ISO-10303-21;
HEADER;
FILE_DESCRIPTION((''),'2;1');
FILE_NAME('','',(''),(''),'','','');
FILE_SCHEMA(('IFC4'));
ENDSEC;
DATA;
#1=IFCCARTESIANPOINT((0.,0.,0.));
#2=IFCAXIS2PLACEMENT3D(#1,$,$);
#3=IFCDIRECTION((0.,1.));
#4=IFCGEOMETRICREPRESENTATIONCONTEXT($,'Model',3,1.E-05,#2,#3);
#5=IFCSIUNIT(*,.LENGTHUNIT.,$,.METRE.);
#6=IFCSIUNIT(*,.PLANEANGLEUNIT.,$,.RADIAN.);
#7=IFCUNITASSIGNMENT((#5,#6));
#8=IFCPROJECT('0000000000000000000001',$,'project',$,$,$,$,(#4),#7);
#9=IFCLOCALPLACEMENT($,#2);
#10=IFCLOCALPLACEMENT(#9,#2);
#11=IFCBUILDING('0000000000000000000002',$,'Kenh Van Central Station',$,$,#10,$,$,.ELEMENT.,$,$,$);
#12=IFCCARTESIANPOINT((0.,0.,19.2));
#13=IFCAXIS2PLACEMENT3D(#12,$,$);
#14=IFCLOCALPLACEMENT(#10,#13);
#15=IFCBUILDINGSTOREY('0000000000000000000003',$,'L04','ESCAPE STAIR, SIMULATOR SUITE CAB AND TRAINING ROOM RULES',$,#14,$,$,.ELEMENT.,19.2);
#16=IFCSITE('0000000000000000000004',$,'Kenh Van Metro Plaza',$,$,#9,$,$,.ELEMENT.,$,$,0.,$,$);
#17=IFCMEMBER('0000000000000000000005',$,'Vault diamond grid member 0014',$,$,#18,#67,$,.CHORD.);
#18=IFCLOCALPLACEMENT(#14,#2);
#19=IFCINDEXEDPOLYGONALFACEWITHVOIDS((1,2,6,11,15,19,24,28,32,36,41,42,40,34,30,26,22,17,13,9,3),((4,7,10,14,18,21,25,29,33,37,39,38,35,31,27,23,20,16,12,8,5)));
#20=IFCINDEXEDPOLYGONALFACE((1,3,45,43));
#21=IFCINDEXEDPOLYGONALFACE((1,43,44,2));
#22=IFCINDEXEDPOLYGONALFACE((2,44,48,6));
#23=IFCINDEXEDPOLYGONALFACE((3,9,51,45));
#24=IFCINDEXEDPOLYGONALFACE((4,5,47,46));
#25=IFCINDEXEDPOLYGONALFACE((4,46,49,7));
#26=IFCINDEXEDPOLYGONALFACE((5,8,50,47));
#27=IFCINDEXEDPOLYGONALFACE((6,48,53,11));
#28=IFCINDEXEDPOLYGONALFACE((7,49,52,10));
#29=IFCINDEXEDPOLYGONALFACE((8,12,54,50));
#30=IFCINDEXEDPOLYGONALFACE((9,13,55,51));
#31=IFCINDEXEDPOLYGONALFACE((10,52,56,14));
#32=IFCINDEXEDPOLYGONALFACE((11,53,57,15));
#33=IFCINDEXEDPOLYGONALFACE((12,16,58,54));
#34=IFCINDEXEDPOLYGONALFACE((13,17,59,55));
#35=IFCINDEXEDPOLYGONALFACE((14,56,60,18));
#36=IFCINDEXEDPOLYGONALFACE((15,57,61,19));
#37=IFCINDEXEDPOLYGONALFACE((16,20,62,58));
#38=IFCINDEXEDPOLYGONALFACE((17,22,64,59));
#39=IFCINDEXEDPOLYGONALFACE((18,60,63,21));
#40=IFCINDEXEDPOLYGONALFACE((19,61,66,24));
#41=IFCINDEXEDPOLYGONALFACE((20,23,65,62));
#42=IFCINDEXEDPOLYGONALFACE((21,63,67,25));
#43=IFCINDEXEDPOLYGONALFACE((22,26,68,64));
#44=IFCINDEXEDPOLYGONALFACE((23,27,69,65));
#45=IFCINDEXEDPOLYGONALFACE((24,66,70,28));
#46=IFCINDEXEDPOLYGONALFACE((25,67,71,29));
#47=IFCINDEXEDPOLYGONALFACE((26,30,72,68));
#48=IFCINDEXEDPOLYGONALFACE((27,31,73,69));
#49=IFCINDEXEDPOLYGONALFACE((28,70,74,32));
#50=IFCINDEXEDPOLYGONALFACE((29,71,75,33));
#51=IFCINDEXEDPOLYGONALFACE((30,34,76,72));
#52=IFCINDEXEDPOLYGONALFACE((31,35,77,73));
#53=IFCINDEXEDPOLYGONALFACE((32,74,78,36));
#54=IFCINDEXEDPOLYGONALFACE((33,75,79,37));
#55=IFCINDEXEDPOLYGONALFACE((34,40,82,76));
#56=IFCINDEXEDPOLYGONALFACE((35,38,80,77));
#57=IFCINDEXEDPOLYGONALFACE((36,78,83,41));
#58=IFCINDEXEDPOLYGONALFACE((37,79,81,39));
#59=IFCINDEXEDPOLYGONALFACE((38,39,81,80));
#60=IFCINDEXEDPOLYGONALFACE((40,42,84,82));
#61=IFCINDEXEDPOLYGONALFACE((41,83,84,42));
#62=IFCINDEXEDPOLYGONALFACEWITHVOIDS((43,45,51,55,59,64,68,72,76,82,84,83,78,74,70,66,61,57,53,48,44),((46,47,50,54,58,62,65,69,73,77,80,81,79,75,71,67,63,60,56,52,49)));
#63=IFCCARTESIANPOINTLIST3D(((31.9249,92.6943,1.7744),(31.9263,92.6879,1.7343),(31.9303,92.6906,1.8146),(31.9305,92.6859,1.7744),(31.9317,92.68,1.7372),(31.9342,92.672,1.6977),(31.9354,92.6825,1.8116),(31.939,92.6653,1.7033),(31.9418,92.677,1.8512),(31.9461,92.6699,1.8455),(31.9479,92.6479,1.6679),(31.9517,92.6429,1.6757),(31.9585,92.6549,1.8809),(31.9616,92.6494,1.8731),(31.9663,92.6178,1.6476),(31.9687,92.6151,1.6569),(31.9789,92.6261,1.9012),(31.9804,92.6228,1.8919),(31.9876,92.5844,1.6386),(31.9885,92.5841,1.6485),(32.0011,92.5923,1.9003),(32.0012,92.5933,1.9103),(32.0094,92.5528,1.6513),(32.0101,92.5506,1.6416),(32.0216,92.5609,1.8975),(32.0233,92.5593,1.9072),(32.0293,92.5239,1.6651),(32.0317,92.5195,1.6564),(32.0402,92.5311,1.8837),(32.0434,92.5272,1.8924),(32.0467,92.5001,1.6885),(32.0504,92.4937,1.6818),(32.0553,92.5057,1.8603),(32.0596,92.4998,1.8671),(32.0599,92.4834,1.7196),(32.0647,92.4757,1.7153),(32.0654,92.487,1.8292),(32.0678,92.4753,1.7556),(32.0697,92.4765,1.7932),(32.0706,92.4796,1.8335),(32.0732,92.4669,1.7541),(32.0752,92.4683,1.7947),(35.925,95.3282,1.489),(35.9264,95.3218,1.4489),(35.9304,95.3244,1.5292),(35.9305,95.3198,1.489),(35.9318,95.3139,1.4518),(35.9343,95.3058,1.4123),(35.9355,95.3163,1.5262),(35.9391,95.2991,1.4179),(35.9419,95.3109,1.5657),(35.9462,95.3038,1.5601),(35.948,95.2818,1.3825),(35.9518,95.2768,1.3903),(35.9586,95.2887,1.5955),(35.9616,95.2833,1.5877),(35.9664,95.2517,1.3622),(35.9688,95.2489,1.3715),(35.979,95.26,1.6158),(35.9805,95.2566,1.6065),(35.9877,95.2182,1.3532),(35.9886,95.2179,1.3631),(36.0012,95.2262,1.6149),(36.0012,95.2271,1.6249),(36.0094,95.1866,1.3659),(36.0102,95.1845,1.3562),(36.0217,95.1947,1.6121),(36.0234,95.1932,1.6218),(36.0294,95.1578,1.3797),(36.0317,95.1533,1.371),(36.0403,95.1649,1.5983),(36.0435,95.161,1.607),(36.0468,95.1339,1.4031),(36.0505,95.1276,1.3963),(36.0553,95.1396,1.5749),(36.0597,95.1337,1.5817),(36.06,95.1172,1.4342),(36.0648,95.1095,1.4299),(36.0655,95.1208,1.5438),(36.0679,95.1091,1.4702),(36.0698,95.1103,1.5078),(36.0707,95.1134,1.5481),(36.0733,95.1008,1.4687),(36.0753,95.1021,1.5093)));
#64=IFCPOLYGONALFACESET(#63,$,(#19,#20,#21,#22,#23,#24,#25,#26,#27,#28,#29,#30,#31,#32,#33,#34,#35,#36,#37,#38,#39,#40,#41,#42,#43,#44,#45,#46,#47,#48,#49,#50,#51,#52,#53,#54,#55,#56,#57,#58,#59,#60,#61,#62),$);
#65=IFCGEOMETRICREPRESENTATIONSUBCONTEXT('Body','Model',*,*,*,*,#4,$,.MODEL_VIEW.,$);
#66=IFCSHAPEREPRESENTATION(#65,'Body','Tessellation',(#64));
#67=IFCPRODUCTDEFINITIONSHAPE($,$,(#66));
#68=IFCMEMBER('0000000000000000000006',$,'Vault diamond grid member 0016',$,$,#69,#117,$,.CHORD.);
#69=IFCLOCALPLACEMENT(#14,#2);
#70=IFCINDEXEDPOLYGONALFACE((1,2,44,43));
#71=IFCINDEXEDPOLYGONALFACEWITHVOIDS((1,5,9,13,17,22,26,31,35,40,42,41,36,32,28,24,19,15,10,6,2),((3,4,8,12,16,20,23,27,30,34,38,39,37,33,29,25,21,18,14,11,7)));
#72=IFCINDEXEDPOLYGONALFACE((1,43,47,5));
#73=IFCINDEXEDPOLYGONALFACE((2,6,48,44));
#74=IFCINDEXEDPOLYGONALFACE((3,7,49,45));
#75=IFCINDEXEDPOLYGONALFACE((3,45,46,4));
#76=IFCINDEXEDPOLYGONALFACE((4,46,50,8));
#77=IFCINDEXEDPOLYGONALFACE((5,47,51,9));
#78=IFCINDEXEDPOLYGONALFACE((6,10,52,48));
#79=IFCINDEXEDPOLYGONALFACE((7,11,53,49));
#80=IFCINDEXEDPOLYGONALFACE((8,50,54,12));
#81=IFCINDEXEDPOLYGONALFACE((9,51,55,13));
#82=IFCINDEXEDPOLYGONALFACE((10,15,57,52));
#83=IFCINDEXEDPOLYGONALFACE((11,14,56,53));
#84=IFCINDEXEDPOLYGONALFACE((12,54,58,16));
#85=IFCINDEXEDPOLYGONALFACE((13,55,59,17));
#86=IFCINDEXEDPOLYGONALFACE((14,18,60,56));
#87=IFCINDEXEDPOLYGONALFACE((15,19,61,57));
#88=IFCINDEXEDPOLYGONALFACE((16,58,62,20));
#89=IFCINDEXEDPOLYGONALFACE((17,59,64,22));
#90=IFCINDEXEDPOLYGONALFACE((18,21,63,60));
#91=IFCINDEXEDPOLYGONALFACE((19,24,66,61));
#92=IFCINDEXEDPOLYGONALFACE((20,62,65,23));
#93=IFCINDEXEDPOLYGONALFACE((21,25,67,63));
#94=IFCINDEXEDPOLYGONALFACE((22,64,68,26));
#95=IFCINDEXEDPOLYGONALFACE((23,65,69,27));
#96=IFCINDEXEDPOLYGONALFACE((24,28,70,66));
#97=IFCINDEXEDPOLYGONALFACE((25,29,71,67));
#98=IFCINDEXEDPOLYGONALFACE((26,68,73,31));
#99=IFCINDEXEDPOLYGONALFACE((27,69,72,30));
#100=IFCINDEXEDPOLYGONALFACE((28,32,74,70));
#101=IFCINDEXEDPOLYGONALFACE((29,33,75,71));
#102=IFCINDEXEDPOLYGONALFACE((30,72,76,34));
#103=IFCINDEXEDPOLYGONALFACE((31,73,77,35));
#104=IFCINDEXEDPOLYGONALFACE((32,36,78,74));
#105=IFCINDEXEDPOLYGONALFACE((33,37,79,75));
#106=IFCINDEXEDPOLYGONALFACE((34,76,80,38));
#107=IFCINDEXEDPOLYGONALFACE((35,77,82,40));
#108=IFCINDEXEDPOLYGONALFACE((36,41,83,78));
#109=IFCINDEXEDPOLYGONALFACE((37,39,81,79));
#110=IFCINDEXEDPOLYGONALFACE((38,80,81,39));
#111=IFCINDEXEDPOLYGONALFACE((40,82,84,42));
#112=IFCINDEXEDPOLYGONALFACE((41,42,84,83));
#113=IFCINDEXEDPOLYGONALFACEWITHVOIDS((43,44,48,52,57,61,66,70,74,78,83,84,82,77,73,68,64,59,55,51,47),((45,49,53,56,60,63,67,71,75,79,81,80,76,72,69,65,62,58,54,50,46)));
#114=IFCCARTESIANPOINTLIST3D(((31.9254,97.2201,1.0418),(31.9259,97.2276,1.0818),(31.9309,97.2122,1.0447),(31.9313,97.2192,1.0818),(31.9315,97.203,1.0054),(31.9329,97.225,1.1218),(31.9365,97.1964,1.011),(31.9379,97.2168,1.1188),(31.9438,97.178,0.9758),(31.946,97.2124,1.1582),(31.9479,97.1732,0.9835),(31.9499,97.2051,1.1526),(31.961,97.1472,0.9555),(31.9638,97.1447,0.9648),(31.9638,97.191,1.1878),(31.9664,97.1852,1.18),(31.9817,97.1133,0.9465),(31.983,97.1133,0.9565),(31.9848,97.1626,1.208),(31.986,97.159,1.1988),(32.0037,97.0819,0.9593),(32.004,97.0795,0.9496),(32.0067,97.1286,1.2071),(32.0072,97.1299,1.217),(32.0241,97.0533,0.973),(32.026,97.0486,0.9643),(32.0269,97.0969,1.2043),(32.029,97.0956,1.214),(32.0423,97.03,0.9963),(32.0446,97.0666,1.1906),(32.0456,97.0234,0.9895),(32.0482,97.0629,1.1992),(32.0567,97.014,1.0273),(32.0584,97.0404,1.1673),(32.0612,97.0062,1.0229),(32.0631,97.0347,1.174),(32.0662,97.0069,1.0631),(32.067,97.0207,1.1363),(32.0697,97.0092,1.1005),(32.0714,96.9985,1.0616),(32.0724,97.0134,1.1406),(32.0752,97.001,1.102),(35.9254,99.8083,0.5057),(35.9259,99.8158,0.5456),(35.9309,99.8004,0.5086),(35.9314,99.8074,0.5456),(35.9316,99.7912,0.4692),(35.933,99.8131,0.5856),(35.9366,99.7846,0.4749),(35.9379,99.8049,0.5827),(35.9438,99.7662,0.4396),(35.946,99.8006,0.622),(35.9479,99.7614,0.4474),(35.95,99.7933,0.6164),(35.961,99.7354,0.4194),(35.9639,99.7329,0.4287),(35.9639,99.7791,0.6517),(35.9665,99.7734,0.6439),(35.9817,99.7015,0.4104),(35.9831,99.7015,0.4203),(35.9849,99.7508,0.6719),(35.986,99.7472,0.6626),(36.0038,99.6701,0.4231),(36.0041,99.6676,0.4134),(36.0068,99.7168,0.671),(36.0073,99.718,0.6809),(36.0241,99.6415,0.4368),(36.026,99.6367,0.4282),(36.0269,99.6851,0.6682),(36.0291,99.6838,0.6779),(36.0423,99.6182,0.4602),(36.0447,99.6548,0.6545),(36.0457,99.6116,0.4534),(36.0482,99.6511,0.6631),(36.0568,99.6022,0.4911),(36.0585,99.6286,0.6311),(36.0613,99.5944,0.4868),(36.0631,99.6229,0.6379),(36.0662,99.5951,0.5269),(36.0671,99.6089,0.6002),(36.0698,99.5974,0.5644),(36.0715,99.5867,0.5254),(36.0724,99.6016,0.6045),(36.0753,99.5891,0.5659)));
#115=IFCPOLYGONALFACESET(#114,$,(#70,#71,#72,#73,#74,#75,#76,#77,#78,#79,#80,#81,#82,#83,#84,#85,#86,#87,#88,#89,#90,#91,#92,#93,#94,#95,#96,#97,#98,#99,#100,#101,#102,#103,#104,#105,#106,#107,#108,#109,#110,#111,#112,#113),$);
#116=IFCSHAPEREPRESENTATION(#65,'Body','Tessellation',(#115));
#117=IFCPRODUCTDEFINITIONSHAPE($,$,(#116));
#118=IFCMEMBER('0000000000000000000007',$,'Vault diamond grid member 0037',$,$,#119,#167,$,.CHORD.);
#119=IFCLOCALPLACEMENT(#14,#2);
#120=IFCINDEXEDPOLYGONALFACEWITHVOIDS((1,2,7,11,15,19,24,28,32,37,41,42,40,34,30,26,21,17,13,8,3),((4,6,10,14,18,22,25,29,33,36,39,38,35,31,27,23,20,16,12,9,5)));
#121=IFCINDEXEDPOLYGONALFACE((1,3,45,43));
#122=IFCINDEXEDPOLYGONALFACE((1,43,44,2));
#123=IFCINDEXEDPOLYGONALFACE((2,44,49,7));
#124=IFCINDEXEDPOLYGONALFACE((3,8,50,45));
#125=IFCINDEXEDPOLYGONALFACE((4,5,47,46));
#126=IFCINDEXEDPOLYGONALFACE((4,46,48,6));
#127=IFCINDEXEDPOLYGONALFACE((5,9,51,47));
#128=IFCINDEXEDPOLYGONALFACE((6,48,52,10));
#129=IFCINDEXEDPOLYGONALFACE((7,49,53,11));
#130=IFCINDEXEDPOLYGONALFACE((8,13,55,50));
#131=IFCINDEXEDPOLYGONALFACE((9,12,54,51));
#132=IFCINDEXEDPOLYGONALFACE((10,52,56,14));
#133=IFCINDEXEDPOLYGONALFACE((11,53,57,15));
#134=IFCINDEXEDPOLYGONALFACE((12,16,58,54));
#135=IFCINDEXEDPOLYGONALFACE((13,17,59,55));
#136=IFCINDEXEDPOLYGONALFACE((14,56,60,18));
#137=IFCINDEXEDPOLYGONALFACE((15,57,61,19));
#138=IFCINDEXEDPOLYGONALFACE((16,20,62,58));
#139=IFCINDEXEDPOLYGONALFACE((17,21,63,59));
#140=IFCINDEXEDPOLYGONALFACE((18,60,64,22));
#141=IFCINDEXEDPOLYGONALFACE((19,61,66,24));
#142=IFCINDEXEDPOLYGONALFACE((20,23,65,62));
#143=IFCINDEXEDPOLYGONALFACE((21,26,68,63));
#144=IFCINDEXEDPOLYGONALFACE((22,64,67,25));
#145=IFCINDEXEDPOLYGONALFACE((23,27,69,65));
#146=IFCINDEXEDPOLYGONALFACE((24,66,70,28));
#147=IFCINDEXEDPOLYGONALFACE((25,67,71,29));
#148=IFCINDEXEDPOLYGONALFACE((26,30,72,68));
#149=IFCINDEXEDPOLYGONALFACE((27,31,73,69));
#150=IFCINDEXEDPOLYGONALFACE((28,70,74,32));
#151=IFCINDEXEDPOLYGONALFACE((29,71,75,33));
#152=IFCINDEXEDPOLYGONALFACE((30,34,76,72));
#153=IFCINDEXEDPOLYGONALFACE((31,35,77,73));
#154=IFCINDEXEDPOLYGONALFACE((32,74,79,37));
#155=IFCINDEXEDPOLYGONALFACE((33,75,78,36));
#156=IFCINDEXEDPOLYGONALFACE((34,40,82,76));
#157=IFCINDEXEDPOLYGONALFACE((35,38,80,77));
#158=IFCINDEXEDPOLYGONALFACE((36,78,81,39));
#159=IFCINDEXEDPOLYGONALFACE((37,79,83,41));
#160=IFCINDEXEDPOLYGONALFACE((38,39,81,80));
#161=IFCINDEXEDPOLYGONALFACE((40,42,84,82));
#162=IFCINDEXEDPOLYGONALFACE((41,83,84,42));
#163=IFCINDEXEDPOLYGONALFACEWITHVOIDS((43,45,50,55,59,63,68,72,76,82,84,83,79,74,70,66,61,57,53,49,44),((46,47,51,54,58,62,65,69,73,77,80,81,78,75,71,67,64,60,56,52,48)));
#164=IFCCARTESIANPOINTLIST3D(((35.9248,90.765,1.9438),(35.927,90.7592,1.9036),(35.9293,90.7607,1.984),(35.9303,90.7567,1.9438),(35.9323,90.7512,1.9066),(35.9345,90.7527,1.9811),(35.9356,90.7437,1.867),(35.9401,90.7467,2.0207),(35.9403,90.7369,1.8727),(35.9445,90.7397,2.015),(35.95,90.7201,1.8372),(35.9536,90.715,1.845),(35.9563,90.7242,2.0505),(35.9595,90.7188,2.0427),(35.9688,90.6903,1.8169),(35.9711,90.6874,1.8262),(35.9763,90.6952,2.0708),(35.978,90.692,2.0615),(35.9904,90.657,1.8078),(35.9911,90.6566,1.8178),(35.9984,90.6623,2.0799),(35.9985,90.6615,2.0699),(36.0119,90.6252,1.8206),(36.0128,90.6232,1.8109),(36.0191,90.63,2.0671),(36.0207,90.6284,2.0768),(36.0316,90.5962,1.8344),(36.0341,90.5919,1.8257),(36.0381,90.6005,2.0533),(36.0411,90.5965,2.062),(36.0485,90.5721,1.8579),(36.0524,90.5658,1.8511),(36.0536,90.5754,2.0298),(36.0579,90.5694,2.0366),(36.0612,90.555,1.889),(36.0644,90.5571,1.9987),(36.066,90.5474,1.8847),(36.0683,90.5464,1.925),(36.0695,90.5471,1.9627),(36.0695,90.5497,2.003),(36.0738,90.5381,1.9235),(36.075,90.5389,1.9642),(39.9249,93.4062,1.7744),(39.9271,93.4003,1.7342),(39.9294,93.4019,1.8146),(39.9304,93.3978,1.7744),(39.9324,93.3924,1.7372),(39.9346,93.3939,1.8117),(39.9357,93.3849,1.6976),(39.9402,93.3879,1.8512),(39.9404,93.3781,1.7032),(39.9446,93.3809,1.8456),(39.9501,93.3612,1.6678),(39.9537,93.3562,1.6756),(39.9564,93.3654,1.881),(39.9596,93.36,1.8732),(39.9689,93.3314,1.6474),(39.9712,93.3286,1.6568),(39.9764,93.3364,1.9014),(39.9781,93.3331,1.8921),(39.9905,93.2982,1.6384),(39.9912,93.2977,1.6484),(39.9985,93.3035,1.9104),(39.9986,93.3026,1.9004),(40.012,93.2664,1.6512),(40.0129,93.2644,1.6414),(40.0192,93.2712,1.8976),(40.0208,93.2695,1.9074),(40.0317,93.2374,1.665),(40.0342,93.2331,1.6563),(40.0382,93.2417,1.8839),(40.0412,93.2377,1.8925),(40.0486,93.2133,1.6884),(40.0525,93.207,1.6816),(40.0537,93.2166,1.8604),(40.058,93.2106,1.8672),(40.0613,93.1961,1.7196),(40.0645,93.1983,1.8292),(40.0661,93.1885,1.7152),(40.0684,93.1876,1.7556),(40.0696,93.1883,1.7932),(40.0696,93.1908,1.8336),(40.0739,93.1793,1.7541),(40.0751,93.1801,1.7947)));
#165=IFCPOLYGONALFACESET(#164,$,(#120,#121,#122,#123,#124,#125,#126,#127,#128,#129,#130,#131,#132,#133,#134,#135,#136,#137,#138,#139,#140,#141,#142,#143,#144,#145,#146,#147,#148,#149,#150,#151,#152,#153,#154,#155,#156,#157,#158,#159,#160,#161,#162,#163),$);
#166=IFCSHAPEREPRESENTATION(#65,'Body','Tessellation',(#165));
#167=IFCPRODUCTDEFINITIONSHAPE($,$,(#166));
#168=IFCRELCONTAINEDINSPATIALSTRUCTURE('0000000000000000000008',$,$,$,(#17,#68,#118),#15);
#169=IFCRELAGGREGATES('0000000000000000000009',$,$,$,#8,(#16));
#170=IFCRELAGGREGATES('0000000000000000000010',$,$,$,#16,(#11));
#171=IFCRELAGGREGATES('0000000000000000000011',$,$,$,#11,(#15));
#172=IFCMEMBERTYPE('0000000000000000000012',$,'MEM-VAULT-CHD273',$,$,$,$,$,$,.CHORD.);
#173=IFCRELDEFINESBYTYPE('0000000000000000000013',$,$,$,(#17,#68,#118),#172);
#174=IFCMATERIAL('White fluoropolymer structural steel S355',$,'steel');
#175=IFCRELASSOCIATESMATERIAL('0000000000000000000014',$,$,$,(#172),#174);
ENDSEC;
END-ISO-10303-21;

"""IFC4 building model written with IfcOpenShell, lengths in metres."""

from ifc_helpers import new_model, si_unit, direction, frame, origin, origin_2d, place, context, subcontext, project, spatial, hollow_circle, extrude, material, material_profile, profile_set, type_object, element, save


model = new_model("IFC4")

# Units and contexts
model_context = context("Model", 3, precision=1e-05, world=origin(), true_north=direction((0.0, 1.0)))
body_context = subcontext(model_context, "Body", "Model", "MODEL_VIEW")
ifc_project = project(units=[si_unit("LENGTHUNIT", "METRE"), si_unit("PLANEANGLEUNIT", "RADIAN")], contexts=[model_context])

# Site, building, storey
site_placement = place(None, origin())
site = spatial("IfcSite", under=ifc_project, at=site_placement, Name="Kenh Van Metro Plaza", CompositionType="ELEMENT", RefElevation=0.0)
building_placement = place(site_placement, origin())
building = spatial("IfcBuilding", under=site, at=building_placement, Name="Kenh Van Central Station", CompositionType="ELEMENT")
storey_placement = place(building_placement, frame((0.0, 0.0, 19.2)))
storey = spatial("IfcBuildingStorey", under=building, at=storey_placement, Name="L04", Description="ESCAPE STAIR, SIMULATOR SUITE CAB AND TRAINING ROOM RULES", CompositionType="ELEMENT", Elevation=19.2)

# Shared definitions
ifc_material_1 = material(Name="White fluoropolymer structural steel S355", Category="steel")

# Members
ifc_material_profile_1 = material_profile(ifc_material_1, hollow_circle(Radius=0.1365, WallThickness=0.01, at=origin_2d()), Name="CHS 273x10")
ifc_profile_set_1 = profile_set([ifc_material_profile_1], Name="White fluoropolymer structural steel S355")
member_type_1 = type_object("IfcMemberType", Name="MEM-VAULT-CHD273", PredefinedType="CHORD", material=ifc_profile_set_1)
member_1_placement = place(storey_placement, frame((32.0, 92.5803, 1.7744), z_axis=(0.833726, 0.548965, -0.059486), x_axis=(-0.549939, 0.835205, 0.0)))
element("IfcMember", 1, at=member_1_placement, inside=storey, type_object=member_type_1, Name="Vault diamond grid member 0014", PredefinedType="CHORD", context=body_context, shape_type="SweptSolid", body=[
    extrude(hollow_circle(Radius=0.1365, WallThickness=0.01, at=origin_2d()), origin(), (0.0, 0.0, 1.0), 4.7979),
])
member_2_placement = place(storey_placement, frame((32.0, 97.113, 1.0818), z_axis=(0.834314, 0.539829, -0.111826), x_axis=(-0.543236, 0.83958, 0.0)))
element("IfcMember", 2, at=member_2_placement, inside=storey, type_object=member_type_1, Name="Vault diamond grid member 0016", PredefinedType="CHORD", context=body_context, shape_type="SweptSolid", body=[
    extrude(hollow_circle(Radius=0.1365, WallThickness=0.01, at=origin_2d()), origin(), (0.0, 0.0, 1.0), 4.7944),
])
member_3_placement = place(storey_placement, frame((36.0, 90.6511, 1.9438), z_axis=(0.833982, 0.55066, -0.035326), x_axis=(-0.551004, 0.834503, 0.0)))
element("IfcMember", 3, at=member_3_placement, inside=storey, type_object=member_type_1, Name="Vault diamond grid member 0037", PredefinedType="CHORD", context=body_context, shape_type="SweptSolid", body=[
    extrude(hollow_circle(Radius=0.1365, WallThickness=0.01, at=origin_2d()), origin(), (0.0, 0.0, 1.0), 4.7964),
])

save(model, "model.ifc")
